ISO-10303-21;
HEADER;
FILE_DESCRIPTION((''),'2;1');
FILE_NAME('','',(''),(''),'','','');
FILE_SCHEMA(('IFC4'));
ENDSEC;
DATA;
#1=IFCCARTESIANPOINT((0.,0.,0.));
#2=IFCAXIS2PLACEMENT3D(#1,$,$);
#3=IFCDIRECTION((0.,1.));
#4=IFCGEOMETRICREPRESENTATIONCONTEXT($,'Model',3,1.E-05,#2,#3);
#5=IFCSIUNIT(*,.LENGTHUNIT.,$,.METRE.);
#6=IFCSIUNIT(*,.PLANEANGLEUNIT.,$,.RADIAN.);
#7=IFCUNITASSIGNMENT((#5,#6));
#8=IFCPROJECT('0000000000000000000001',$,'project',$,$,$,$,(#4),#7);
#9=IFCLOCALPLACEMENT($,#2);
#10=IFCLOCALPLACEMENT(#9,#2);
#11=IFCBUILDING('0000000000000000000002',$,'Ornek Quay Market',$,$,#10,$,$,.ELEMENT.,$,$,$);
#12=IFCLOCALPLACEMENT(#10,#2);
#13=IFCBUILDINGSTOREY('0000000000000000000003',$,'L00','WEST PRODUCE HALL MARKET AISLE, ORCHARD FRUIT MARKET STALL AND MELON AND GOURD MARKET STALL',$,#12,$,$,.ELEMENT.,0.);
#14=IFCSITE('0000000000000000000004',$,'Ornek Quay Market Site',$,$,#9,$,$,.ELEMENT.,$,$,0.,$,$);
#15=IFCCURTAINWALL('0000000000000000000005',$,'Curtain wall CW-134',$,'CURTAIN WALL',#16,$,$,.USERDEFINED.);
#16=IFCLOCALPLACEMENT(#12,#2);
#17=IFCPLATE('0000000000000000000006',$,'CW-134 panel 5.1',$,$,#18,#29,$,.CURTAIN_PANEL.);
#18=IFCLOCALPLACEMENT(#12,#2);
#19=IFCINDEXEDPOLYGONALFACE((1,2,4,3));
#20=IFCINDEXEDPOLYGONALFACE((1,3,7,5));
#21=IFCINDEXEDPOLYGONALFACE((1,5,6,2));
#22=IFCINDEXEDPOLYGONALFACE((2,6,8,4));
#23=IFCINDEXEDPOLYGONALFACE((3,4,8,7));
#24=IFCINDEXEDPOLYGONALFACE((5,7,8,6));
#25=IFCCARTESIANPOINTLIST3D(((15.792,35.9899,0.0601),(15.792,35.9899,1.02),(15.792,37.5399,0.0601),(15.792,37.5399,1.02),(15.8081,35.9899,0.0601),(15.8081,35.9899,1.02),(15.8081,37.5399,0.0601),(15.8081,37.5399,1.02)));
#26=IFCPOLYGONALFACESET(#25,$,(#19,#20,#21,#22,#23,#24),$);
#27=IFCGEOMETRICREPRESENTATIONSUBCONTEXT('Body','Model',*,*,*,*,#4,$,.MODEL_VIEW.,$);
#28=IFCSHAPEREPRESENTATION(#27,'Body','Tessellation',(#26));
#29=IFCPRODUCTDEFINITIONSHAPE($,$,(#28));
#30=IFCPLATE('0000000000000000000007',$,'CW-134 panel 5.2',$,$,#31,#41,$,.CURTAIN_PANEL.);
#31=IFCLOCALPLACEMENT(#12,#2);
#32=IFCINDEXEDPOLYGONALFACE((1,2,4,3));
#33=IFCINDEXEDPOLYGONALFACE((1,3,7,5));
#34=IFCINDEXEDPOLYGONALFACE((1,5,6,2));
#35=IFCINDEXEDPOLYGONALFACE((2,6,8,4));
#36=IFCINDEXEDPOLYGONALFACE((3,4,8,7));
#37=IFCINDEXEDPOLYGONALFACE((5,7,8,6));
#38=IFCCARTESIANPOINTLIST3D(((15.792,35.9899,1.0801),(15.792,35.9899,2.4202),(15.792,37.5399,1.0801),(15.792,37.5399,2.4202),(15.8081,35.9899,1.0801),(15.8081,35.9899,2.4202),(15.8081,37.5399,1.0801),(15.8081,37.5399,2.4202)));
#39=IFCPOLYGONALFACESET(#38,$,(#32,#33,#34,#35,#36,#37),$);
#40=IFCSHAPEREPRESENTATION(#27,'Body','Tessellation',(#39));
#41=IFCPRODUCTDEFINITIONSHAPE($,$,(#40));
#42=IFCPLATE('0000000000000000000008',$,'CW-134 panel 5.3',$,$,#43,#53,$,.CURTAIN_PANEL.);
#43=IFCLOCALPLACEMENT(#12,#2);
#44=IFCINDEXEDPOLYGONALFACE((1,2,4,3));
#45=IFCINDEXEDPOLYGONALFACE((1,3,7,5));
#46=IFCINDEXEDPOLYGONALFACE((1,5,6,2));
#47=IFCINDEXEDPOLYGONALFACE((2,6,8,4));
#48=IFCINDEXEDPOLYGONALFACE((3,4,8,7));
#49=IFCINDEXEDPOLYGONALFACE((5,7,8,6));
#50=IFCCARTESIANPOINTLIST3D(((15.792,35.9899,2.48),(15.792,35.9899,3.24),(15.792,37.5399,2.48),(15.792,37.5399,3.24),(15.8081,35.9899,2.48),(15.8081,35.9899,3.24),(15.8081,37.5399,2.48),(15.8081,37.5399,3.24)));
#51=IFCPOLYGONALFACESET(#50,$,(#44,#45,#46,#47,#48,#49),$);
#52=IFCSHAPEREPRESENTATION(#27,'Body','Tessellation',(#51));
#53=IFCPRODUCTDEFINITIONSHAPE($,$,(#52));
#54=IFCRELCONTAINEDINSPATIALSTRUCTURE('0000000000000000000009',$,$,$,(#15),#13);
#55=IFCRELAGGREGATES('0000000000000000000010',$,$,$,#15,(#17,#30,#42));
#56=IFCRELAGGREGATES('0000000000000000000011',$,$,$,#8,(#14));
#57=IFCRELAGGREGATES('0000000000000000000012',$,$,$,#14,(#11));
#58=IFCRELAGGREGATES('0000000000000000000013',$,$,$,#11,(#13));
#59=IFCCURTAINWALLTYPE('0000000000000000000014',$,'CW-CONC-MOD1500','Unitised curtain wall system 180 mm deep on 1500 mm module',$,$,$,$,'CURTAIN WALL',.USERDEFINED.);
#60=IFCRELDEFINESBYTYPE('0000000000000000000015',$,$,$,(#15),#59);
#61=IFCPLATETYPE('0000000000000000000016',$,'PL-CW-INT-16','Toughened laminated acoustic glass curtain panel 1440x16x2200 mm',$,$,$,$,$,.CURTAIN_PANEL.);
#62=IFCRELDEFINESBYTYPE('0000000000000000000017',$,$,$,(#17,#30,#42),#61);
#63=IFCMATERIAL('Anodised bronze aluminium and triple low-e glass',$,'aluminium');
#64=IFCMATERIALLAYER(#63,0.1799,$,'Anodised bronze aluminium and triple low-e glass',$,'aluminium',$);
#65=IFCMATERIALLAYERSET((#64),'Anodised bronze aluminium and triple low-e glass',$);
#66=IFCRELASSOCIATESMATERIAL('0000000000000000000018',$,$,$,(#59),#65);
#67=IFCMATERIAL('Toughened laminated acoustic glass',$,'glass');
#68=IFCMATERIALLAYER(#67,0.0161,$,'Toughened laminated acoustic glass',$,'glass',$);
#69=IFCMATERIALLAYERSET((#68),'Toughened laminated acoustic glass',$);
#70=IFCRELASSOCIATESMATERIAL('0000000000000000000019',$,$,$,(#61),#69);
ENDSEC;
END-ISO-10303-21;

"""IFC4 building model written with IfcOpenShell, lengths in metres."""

from ifc_helpers import new_model, si_unit, direction, frame, origin, origin_2d, place, context, subcontext, project, spatial, rectangle, extrude, material, layer, layer_set, type_object, element, aggregate, save


model = new_model("IFC4")

# Units and contexts
model_context = context("Model", 3, precision=1e-05, world=origin(), true_north=direction((0.0, 1.0)))
body_context = subcontext(model_context, "Body", "Model", "MODEL_VIEW")
ifc_project = project(units=[si_unit("LENGTHUNIT", "METRE"), si_unit("PLANEANGLEUNIT", "RADIAN")], contexts=[model_context])

# Site, building, storey
site_placement = place(None, origin())
site = spatial("IfcSite", under=ifc_project, at=site_placement, Name="Ornek Quay Market Site", CompositionType="ELEMENT", RefElevation=0.0)
building_placement = place(site_placement, origin())
building = spatial("IfcBuilding", under=site, at=building_placement, Name="Ornek Quay Market", CompositionType="ELEMENT")
storey_placement = place(building_placement, origin())
storey = spatial("IfcBuildingStorey", under=building, at=storey_placement, Name="L00", Description="WEST PRODUCE HALL MARKET AISLE, ORCHARD FRUIT MARKET STALL AND MELON AND GOURD MARKET STALL", CompositionType="ELEMENT", Elevation=0.0)

# Curtain wall
ifc_material_1 = material(Name="Anodised bronze aluminium and triple low-e glass", Category="aluminium")
ifc_layer_1 = layer(ifc_material_1, 0.1799, Name="Anodised bronze aluminium and triple low-e glass", Category="aluminium")
ifc_layer_set_1 = layer_set([ifc_layer_1], Name="Anodised bronze aluminium and triple low-e glass")
curtain_wall_type = type_object("IfcCurtainWallType", Name="CW-CONC-MOD1500", Description="Unitised curtain wall system 180 mm deep on 1500 mm module", ElementType="CURTAIN WALL", PredefinedType="USERDEFINED", material=ifc_layer_set_1)
curtain_wall_1_placement = place(storey_placement, origin())
curtain_wall_1 = element("IfcCurtainWall", 1, at=curtain_wall_1_placement, inside=storey, type_object=curtain_wall_type, Name="Curtain wall CW-134", ObjectType="CURTAIN WALL", PredefinedType="USERDEFINED")

# Plates
ifc_material_2 = material(Name="Toughened laminated acoustic glass", Category="glass")
ifc_layer_2 = layer(ifc_material_2, 0.0161, Name="Toughened laminated acoustic glass", Category="glass")
ifc_layer_set_2 = layer_set([ifc_layer_2], Name="Toughened laminated acoustic glass")
plate_type = type_object("IfcPlateType", Name="PL-CW-INT-16", Description="Toughened laminated acoustic glass curtain panel 1440x16x2200 mm", PredefinedType="CURTAIN_PANEL", material=ifc_layer_set_2)
plate_1_placement = place(storey_placement, frame((15.8, 36.7649, 0.0601), z_axis=(0.0, 0.0, 1.0), x_axis=(0.0, 1.0, 0.0)))
plate_1 = element("IfcPlate", 2, at=plate_1_placement, type_object=plate_type, Name="CW-134 panel 5.1", PredefinedType="CURTAIN_PANEL", context=body_context, shape_type="SweptSolid", body=[
    extrude(rectangle(XDim=1.55, YDim=0.0161, at=origin_2d()), origin(), (0.0, 0.0, 1.0), 0.96),
])
plate_2_placement = place(storey_placement, frame((15.8, 36.7649, 1.0801), z_axis=(0.0, 0.0, 1.0), x_axis=(0.0, 1.0, 0.0)))
plate_2 = element("IfcPlate", 3, at=plate_2_placement, type_object=plate_type, Name="CW-134 panel 5.2", PredefinedType="CURTAIN_PANEL", context=body_context, shape_type="SweptSolid", body=[
    extrude(rectangle(XDim=1.55, YDim=0.0161, at=origin_2d()), origin(), (0.0, 0.0, 1.0), 1.3401),
])
plate_3_placement = place(storey_placement, frame((15.8, 36.7649, 2.48), z_axis=(0.0, 0.0, 1.0), x_axis=(0.0, 1.0, 0.0)))
plate_3 = element("IfcPlate", 4, at=plate_3_placement, type_object=plate_type, Name="CW-134 panel 5.3", PredefinedType="CURTAIN_PANEL", context=body_context, shape_type="SweptSolid", body=[
    extrude(rectangle(XDim=1.55, YDim=0.0161, at=origin_2d()), origin(), (0.0, 0.0, 1.0), 0.76),
])
aggregate(curtain_wall_1, [plate_1, plate_2, plate_3])

save(model, "model.ifc")
